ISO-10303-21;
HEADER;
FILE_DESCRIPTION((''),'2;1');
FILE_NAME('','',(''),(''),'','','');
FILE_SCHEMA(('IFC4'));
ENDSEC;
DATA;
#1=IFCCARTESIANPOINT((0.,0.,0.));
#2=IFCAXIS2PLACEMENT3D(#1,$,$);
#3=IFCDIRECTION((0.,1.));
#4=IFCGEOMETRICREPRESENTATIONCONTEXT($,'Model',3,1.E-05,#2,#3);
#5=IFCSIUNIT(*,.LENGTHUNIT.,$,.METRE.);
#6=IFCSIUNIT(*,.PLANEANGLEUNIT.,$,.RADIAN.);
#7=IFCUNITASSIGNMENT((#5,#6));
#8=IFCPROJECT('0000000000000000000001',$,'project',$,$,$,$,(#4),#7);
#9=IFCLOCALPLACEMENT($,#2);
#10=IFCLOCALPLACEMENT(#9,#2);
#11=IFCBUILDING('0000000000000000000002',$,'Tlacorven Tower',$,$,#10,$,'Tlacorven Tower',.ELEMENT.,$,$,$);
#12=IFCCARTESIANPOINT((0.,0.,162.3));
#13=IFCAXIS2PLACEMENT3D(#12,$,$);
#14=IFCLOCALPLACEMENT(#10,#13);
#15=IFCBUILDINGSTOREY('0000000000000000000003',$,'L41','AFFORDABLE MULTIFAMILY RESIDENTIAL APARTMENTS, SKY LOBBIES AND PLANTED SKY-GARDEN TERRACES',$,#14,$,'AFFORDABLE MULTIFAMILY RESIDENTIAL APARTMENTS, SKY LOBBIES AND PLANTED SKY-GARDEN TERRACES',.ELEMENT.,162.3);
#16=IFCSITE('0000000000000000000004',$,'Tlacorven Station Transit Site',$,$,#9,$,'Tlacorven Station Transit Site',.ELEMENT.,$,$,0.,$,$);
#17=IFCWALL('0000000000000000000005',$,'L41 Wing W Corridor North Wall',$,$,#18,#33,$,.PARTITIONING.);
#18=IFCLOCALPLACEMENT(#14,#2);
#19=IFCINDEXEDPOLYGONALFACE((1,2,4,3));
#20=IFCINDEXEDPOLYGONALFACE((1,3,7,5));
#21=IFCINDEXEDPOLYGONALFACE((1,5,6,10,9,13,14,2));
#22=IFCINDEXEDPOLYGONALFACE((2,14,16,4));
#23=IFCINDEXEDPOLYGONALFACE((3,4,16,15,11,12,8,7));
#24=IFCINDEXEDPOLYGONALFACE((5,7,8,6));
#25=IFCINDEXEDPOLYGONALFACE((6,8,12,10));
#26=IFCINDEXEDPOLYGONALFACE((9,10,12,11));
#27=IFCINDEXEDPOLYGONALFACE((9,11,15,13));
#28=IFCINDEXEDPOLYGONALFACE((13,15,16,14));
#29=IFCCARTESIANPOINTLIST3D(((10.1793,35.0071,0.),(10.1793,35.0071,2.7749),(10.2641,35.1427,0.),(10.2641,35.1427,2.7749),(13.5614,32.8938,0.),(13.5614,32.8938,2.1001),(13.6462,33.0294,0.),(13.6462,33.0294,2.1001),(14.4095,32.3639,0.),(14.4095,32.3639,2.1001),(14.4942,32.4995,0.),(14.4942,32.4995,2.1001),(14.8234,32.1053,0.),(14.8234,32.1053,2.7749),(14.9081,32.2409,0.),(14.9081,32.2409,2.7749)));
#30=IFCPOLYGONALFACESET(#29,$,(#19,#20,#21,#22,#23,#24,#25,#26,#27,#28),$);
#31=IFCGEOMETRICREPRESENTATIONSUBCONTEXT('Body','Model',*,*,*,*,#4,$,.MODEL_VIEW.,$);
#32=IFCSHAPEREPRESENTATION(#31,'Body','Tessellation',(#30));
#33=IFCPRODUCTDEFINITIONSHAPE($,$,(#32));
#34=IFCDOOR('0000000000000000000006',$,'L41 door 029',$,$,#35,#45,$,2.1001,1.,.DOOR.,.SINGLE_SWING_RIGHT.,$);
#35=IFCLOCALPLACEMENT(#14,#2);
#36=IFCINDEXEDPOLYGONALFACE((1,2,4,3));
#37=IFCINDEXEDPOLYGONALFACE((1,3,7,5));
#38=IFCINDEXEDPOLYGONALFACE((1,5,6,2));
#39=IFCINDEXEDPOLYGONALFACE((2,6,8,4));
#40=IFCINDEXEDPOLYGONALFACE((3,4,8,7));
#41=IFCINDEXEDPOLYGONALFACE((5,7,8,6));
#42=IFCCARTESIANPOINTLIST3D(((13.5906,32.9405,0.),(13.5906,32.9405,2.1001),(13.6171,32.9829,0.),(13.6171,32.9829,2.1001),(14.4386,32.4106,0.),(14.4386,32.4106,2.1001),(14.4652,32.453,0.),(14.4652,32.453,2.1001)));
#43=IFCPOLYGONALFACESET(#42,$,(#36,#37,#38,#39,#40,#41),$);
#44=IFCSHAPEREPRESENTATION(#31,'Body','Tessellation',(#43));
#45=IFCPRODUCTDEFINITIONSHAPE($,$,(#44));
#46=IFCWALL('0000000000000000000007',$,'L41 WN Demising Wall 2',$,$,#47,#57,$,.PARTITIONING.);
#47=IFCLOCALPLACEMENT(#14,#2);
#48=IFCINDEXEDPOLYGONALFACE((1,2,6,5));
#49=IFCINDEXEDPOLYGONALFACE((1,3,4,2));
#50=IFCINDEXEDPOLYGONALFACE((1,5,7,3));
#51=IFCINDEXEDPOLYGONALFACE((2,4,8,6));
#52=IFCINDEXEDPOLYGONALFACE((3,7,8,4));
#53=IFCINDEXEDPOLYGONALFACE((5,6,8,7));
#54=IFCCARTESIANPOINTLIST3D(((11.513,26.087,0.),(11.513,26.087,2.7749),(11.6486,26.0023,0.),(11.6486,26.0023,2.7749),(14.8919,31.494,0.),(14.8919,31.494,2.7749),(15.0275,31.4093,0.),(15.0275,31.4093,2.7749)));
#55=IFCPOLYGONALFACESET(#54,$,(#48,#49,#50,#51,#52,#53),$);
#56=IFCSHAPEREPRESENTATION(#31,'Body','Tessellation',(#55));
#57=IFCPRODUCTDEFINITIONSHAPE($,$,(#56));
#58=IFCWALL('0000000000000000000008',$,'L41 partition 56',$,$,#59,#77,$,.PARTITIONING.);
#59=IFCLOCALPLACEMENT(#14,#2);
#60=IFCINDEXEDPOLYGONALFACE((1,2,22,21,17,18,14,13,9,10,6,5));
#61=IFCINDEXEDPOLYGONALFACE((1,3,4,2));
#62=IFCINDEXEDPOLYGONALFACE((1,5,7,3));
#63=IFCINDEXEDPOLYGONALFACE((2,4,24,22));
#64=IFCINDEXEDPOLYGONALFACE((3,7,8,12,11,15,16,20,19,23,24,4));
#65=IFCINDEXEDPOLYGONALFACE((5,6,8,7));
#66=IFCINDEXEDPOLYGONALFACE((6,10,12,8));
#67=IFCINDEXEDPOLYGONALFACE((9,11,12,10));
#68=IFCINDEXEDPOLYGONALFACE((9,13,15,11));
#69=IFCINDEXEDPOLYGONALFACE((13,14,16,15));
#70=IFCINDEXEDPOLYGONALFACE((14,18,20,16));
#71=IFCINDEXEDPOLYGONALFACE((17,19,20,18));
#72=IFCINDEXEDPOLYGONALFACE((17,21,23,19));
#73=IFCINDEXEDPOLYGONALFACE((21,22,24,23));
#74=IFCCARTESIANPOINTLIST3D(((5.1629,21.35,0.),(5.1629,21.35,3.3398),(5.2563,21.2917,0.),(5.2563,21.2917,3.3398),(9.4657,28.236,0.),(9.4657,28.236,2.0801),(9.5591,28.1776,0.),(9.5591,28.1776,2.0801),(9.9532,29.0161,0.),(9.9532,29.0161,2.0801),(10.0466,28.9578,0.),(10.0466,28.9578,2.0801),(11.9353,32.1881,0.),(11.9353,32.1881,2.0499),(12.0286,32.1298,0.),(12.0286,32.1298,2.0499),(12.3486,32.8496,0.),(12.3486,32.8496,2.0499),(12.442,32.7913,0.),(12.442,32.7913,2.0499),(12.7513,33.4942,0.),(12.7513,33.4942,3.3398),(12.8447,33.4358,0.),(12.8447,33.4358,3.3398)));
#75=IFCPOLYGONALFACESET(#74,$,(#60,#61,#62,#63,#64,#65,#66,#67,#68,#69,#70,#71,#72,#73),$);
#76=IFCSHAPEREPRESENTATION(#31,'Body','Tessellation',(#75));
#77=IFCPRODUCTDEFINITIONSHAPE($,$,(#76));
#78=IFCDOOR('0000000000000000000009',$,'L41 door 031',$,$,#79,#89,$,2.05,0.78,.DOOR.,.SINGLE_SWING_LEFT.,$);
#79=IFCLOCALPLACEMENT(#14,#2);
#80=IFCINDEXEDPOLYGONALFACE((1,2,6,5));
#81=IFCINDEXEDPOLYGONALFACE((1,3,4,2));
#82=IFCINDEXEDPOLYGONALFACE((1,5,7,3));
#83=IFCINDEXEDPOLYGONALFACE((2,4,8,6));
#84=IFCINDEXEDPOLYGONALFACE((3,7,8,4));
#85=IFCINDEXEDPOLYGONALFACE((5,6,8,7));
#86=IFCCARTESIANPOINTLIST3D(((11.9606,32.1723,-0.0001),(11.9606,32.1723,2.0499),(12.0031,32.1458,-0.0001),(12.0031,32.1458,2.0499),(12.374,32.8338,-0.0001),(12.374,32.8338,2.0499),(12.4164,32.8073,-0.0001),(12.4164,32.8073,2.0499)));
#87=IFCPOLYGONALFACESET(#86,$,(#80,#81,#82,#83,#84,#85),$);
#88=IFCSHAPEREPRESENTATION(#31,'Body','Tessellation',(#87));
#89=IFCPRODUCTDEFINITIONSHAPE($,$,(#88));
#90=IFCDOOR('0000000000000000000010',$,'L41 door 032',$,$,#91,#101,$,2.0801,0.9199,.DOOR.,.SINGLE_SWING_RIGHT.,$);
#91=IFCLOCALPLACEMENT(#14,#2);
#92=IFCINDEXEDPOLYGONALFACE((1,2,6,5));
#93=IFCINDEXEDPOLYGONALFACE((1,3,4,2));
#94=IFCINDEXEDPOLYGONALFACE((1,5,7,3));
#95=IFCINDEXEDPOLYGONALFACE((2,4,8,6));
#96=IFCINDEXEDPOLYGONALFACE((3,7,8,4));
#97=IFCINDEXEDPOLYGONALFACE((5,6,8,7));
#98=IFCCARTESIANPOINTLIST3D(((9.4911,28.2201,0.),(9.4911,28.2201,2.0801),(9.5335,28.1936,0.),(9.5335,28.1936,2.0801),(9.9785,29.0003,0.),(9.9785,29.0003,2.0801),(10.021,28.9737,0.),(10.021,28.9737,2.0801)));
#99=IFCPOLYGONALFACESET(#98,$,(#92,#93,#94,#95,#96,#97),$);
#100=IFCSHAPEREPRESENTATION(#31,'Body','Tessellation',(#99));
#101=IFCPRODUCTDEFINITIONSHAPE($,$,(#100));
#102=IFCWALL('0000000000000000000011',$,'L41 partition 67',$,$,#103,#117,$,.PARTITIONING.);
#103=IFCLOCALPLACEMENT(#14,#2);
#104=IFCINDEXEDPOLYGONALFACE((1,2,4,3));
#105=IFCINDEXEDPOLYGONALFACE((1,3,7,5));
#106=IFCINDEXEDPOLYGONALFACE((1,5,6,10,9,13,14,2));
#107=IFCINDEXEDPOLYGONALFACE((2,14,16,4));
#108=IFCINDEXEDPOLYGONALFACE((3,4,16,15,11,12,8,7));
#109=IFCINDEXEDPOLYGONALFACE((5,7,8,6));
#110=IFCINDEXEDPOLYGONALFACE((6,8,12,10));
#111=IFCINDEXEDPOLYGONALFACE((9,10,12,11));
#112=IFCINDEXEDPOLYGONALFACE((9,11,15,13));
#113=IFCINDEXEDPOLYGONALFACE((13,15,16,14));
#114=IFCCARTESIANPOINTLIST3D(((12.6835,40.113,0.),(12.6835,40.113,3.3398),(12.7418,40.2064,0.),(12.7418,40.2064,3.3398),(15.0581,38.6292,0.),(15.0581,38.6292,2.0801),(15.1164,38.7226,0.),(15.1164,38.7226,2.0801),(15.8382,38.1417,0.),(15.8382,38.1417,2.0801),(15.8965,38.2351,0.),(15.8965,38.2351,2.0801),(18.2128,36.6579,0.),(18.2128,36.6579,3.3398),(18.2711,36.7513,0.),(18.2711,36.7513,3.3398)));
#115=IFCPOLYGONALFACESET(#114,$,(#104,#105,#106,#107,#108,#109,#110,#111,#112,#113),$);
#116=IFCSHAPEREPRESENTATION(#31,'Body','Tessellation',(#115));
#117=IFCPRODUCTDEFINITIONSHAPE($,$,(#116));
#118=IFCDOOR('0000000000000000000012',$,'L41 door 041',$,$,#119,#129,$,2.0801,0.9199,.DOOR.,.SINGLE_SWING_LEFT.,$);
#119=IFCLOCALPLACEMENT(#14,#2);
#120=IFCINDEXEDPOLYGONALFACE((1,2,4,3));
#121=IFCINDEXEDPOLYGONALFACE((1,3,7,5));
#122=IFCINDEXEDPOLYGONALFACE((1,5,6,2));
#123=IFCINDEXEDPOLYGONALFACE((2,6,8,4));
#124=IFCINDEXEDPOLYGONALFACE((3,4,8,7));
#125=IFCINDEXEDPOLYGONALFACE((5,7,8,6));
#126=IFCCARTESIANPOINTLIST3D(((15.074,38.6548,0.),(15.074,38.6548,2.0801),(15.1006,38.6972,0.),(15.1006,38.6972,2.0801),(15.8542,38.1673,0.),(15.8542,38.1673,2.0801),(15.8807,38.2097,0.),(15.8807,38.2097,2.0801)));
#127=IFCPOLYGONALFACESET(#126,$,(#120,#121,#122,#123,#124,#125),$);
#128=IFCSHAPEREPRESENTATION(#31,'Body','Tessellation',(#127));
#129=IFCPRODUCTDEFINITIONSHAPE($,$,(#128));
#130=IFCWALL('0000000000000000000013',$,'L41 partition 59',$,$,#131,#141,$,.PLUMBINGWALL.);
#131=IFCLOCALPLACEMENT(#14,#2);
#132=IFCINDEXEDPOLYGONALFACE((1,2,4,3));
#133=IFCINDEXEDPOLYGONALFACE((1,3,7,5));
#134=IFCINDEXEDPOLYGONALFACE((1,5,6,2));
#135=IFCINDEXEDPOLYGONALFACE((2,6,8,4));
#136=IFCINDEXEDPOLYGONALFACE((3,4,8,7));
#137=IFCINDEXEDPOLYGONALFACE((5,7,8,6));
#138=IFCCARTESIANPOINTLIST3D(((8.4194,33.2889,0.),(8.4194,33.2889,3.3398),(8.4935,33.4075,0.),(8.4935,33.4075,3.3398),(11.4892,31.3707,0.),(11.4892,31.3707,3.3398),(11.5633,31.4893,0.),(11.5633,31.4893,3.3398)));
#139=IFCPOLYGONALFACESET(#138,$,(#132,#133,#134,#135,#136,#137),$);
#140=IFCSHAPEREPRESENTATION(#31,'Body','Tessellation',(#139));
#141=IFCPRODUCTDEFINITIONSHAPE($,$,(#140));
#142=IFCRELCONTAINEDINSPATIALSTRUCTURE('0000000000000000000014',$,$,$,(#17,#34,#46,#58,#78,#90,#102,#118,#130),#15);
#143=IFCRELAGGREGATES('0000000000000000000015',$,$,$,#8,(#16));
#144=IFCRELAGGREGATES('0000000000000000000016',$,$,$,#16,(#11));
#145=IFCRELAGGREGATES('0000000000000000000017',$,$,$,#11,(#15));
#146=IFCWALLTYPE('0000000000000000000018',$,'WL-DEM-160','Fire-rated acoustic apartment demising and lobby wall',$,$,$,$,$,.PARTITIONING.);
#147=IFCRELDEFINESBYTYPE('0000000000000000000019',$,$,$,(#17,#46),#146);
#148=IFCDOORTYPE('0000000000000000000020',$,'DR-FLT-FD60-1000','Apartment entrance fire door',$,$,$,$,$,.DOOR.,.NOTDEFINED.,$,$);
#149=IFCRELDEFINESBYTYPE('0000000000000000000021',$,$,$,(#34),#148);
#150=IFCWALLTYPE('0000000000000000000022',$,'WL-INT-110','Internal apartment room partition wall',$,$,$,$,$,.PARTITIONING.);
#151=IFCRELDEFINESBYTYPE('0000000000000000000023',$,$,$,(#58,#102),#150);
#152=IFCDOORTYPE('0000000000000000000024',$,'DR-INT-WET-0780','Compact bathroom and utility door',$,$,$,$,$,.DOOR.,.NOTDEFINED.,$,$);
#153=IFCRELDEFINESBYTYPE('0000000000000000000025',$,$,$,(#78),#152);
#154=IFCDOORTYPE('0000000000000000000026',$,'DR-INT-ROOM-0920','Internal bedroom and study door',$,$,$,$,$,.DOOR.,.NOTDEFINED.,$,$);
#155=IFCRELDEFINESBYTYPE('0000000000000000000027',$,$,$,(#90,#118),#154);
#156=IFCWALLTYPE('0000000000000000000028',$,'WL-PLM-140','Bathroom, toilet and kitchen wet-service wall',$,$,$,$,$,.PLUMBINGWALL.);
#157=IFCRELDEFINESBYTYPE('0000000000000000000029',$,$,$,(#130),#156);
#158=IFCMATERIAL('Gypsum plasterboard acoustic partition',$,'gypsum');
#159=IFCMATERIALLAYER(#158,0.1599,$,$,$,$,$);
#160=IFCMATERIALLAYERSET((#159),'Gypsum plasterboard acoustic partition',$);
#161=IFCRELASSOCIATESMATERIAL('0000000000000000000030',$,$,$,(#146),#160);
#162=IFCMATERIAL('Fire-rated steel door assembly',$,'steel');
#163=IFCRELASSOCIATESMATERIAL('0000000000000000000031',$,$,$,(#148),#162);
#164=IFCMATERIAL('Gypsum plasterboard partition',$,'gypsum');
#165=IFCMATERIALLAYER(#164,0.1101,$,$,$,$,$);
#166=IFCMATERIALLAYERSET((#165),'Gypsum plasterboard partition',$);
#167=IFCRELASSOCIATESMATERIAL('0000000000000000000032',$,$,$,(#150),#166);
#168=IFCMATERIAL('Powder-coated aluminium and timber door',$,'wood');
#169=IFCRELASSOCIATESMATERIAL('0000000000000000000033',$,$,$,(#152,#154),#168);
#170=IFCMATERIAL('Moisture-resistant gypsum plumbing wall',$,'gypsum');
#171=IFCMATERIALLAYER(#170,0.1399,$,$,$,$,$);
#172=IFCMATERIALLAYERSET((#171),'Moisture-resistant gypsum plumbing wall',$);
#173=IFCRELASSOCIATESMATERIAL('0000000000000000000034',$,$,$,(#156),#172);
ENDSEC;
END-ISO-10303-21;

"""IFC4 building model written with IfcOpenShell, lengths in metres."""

from ifc_helpers import new_model, si_unit, direction, frame, frame_2d, origin, place, context, subcontext, project, spatial, rectangle, extrude, source, transform, mapped, material, layer, layer_set, type_object, element, fill, save


model = new_model("IFC4")

# Units and contexts
model_context = context("Model", 3, precision=1e-05, world=origin(), true_north=direction((0.0, 1.0)))
body_context = subcontext(model_context, "Body", "Model", "MODEL_VIEW")
ifc_project = project(units=[si_unit("LENGTHUNIT", "METRE"), si_unit("PLANEANGLEUNIT", "RADIAN")], contexts=[model_context])

# Site, building, storey
site_placement = place(None, origin())
site = spatial("IfcSite", under=ifc_project, at=site_placement, Name="Tlacorven Station Transit Site", LongName="Tlacorven Station Transit Site", CompositionType="ELEMENT", RefElevation=0.0)
building_placement = place(site_placement, origin())
building = spatial("IfcBuilding", under=site, at=building_placement, Name="Tlacorven Tower", LongName="Tlacorven Tower", CompositionType="ELEMENT")
storey_placement = place(building_placement, frame((0.0, 0.0, 162.3)))
storey = spatial("IfcBuildingStorey", under=building, at=storey_placement, Name="L41", Description="AFFORDABLE MULTIFAMILY RESIDENTIAL APARTMENTS, SKY LOBBIES AND PLANTED SKY-GARDEN TERRACES", LongName="AFFORDABLE MULTIFAMILY RESIDENTIAL APARTMENTS, SKY LOBBIES AND PLANTED SKY-GARDEN TERRACES", CompositionType="ELEMENT", Elevation=162.3)

# Wall, opening, door
ifc_material_1 = material(Name="Gypsum plasterboard acoustic partition", Category="gypsum")
ifc_layer_1 = layer(ifc_material_1, 0.1599)
ifc_layer_set_1 = layer_set([ifc_layer_1], Name="Gypsum plasterboard acoustic partition")
wall_type_1 = type_object("IfcWallType", Name="WL-DEM-160", Description="Fire-rated acoustic apartment demising and lobby wall", PredefinedType="PARTITIONING", material=ifc_layer_set_1)
wall_1_placement = place(storey_placement, frame((14.8657, 32.1731, 0.0), z_axis=(0.0, 0.0, 1.0), x_axis=(-0.848053, 0.529911, 0.0)))
wall_1 = element("IfcWall", 1, at=wall_1_placement, inside=storey, type_object=wall_type_1, Name="L41 Wing W Corridor North Wall", PredefinedType="PARTITIONING", context=body_context, shape_type="SweptSolid", body=[
    extrude(rectangle(XDim=5.4761, YDim=0.1599, at=frame_2d((2.738, 0.0))), origin(), (0.0, 0.0, 1.0), 2.7749),
])
opening_1_placement = place(wall_1_placement, frame((0.488, 0.0, 0.0)))
opening_1 = element("IfcOpeningElement", 2, at=opening_1_placement, cuts=wall_1, PredefinedType="OPENING", context=body_context, shape_type="SweptSolid", body=[
    extrude(rectangle(XDim=1.0, YDim=2.1001, at=frame_2d((0.5, 1.05))), frame((0.0, 0.0898, 0.0), z_axis=(0.0, -1.0, 0.0), x_axis=(1.0, 0.0, 0.0)), (0.0, 0.0, 1.0), 0.1799),
])
ifc_material_2 = material(Name="Fire-rated steel door assembly", Category="steel")
door_type_1 = type_object("IfcDoorType", Name="DR-FLT-FD60-1000", Description="Apartment entrance fire door", OperationType="NOTDEFINED", PredefinedType="DOOR", material=ifc_material_2)
shared_shape_1 = source(origin(), body_context, "Body", "SweptSolid", [
    extrude(rectangle(XDim=1.0, YDim=2.1001, at=frame_2d((0.5, 1.05))), frame((0.0, 0.0249, 0.0), z_axis=(0.0, -1.0, 0.0), x_axis=(1.0, 0.0, 0.0)), (0.0, 0.0, 1.0), 0.05),
])
door_1_placement = place(opening_1_placement, origin())
door_1 = element("IfcDoor", 3, at=door_1_placement, inside=storey, type_object=door_type_1, Name="L41 door 029", OperationType="SINGLE_SWING_RIGHT", OverallHeight=2.1001, OverallWidth=1.0, PredefinedType="DOOR", context=body_context, shape_type="MappedRepresentation", body=[
    mapped(shared_shape_1, transform((0.0, 0.0, 0.0), scale=1.0)),
])
fill(opening_1, door_1)

# Wall
wall_2_placement = place(storey_placement, frame((14.9597, 31.4517, 0.0), z_axis=(0.0, 0.0, 1.0), x_axis=(-0.529947, -0.848031, 0.0)))
element("IfcWall", 4, at=wall_2_placement, inside=storey, type_object=wall_type_1, Name="L41 WN Demising Wall 2", PredefinedType="PARTITIONING", context=body_context, shape_type="SweptSolid", body=[
    extrude(rectangle(XDim=6.376, YDim=0.1599, at=frame_2d((3.188, 0.0))), origin(), (0.0, 0.0, 1.0), 2.7749),
])

# Wall, openings, doors
ifc_material_3 = material(Name="Gypsum plasterboard partition", Category="gypsum")
ifc_layer_2 = layer(ifc_material_3, 0.1101)
ifc_layer_set_2 = layer_set([ifc_layer_2], Name="Gypsum plasterboard partition")
wall_type_2 = type_object("IfcWallType", Name="WL-INT-110", Description="Internal apartment room partition wall", PredefinedType="PARTITIONING", material=ifc_layer_set_2)
wall_3_placement = place(storey_placement, frame((12.7981, 33.4651, 0.0), z_axis=(0.0, 0.0, 1.0), x_axis=(-0.529916, -0.84805, 0.0)))
wall_3 = element("IfcWall", 5, at=wall_3_placement, inside=storey, type_object=wall_type_2, Name="L41 partition 56", PredefinedType="PARTITIONING", context=body_context, shape_type="SweptSolid", body=[
    extrude(rectangle(XDim=14.3201, YDim=0.1101, at=frame_2d((7.1602, 0.0))), origin(), (0.0, 0.0, 1.0), 3.3398),
])
opening_2_placement = place(wall_3_placement, frame((0.76, 0.0, 0.0)))
opening_2 = element("IfcOpeningElement", 6, at=opening_2_placement, cuts=wall_3, PredefinedType="OPENING", context=body_context, shape_type="SweptSolid", body=[
    extrude(rectangle(XDim=0.78, YDim=2.05, at=frame_2d((0.3901, 1.0249))), frame((0.0, 0.0649, 0.0), z_axis=(0.0, -1.0, 0.0), x_axis=(1.0, 0.0, 0.0)), (0.0, 0.0, 1.0), 0.1301),
])
opening_3_placement = place(wall_3_placement, frame((5.2805, 0.0, 0.0)))
opening_3 = element("IfcOpeningElement", 7, at=opening_3_placement, cuts=wall_3, PredefinedType="OPENING", context=body_context, shape_type="SweptSolid", body=[
    extrude(rectangle(XDim=0.9199, YDim=2.0801, at=frame_2d((0.46, 1.04))), frame((0.0, 0.0649, 0.0), z_axis=(0.0, -1.0, 0.0), x_axis=(1.0, 0.0, 0.0)), (0.0, 0.0, 1.0), 0.1301),
])
ifc_material_4 = material(Name="Powder-coated aluminium and timber door", Category="wood")
door_type_2 = type_object("IfcDoorType", Name="DR-INT-WET-0780", Description="Compact bathroom and utility door", OperationType="NOTDEFINED", PredefinedType="DOOR", material=ifc_material_4)
shared_shape_2 = source(origin(), body_context, "Body", "SweptSolid", [
    extrude(rectangle(XDim=0.78, YDim=2.05, at=frame_2d((0.3901, 1.0249))), frame((0.0, 0.0249, 0.0), z_axis=(0.0, -1.0, 0.0), x_axis=(1.0, 0.0, 0.0)), (0.0, 0.0, 1.0), 0.05),
])
door_2_placement = place(opening_2_placement, origin())
door_2 = element("IfcDoor", 8, at=door_2_placement, inside=storey, type_object=door_type_2, Name="L41 door 031", OperationType="SINGLE_SWING_LEFT", OverallHeight=2.05, OverallWidth=0.78, PredefinedType="DOOR", context=body_context, shape_type="MappedRepresentation", body=[
    mapped(shared_shape_2, transform((0.0, 0.0, 0.0), scale=1.0)),
])
fill(opening_2, door_2)
door_type_3 = type_object("IfcDoorType", Name="DR-INT-ROOM-0920", Description="Internal bedroom and study door", OperationType="NOTDEFINED", PredefinedType="DOOR", material=ifc_material_4)
shared_shape_3 = source(origin(), body_context, "Body", "SweptSolid", [
    extrude(rectangle(XDim=0.9199, YDim=2.0801, at=frame_2d((0.46, 1.04))), frame((0.0, 0.0249, 0.0), z_axis=(0.0, -1.0, 0.0), x_axis=(1.0, 0.0, 0.0)), (0.0, 0.0, 1.0), 0.05),
])
door_3_placement = place(opening_3_placement, origin())
door_3 = element("IfcDoor", 9, at=door_3_placement, inside=storey, type_object=door_type_3, Name="L41 door 032", OperationType="SINGLE_SWING_RIGHT", OverallHeight=2.0801, OverallWidth=0.9199, PredefinedType="DOOR", context=body_context, shape_type="MappedRepresentation", body=[
    mapped(shared_shape_3, transform((0.0, 0.0, 0.0), scale=1.0)),
])
fill(opening_3, door_3)

# Wall, opening, door
wall_4_placement = place(storey_placement, frame((18.2419, 36.7046, 0.0), z_axis=(0.0, 0.0, 1.0), x_axis=(-0.848049, 0.529918, 0.0)))
wall_4 = element("IfcWall", 10, at=wall_4_placement, inside=storey, type_object=wall_type_2, Name="L41 partition 67", PredefinedType="PARTITIONING", context=body_context, shape_type="SweptSolid", body=[
    extrude(rectangle(XDim=6.52, YDim=0.1101, at=frame_2d((3.26, 0.0))), origin(), (0.0, 0.0, 1.0), 3.3398),
])
opening_4_placement = place(wall_4_placement, frame((2.8, 0.0, 0.0)))
opening_4 = element("IfcOpeningElement", 11, at=opening_4_placement, cuts=wall_4, PredefinedType="OPENING", context=body_context, shape_type="SweptSolid", body=[
    extrude(rectangle(XDim=0.9199, YDim=2.0801, at=frame_2d((0.46, 1.04))), frame((0.0, 0.0649, 0.0), z_axis=(0.0, -1.0, 0.0), x_axis=(1.0, 0.0, 0.0)), (0.0, 0.0, 1.0), 0.1301),
])
door_4_placement = place(opening_4_placement, origin())
door_4 = element("IfcDoor", 12, at=door_4_placement, inside=storey, type_object=door_type_3, Name="L41 door 041", OperationType="SINGLE_SWING_LEFT", OverallHeight=2.0801, OverallWidth=0.9199, PredefinedType="DOOR", context=body_context, shape_type="MappedRepresentation", body=[
    mapped(shared_shape_3, transform((0.0, 0.0, 0.0), scale=1.0)),
])
fill(opening_4, door_4)

# Wall
ifc_material_5 = material(Name="Moisture-resistant gypsum plumbing wall", Category="gypsum")
ifc_layer_3 = layer(ifc_material_5, 0.1399)
ifc_layer_set_3 = layer_set([ifc_layer_3], Name="Moisture-resistant gypsum plumbing wall")
wall_type_3 = type_object("IfcWallType", Name="WL-PLM-140", Description="Bathroom, toilet and kitchen wet-service wall", PredefinedType="PLUMBINGWALL", material=ifc_layer_set_3)
wall_5_placement = place(storey_placement, frame((11.5264, 31.4299, 0.0), z_axis=(0.0, 0.0, 1.0), x_axis=(-0.848051, 0.529914, 0.0)))
element("IfcWall", 13, at=wall_5_placement, inside=storey, type_object=wall_type_3, Name="L41 partition 59", PredefinedType="PLUMBINGWALL", context=body_context, shape_type="SweptSolid", body=[
    extrude(rectangle(XDim=3.6199, YDim=0.1399, at=frame_2d((1.8101, 0.0))), origin(), (0.0, 0.0, 1.0), 3.3398),
])

save(model, "model.ifc")
